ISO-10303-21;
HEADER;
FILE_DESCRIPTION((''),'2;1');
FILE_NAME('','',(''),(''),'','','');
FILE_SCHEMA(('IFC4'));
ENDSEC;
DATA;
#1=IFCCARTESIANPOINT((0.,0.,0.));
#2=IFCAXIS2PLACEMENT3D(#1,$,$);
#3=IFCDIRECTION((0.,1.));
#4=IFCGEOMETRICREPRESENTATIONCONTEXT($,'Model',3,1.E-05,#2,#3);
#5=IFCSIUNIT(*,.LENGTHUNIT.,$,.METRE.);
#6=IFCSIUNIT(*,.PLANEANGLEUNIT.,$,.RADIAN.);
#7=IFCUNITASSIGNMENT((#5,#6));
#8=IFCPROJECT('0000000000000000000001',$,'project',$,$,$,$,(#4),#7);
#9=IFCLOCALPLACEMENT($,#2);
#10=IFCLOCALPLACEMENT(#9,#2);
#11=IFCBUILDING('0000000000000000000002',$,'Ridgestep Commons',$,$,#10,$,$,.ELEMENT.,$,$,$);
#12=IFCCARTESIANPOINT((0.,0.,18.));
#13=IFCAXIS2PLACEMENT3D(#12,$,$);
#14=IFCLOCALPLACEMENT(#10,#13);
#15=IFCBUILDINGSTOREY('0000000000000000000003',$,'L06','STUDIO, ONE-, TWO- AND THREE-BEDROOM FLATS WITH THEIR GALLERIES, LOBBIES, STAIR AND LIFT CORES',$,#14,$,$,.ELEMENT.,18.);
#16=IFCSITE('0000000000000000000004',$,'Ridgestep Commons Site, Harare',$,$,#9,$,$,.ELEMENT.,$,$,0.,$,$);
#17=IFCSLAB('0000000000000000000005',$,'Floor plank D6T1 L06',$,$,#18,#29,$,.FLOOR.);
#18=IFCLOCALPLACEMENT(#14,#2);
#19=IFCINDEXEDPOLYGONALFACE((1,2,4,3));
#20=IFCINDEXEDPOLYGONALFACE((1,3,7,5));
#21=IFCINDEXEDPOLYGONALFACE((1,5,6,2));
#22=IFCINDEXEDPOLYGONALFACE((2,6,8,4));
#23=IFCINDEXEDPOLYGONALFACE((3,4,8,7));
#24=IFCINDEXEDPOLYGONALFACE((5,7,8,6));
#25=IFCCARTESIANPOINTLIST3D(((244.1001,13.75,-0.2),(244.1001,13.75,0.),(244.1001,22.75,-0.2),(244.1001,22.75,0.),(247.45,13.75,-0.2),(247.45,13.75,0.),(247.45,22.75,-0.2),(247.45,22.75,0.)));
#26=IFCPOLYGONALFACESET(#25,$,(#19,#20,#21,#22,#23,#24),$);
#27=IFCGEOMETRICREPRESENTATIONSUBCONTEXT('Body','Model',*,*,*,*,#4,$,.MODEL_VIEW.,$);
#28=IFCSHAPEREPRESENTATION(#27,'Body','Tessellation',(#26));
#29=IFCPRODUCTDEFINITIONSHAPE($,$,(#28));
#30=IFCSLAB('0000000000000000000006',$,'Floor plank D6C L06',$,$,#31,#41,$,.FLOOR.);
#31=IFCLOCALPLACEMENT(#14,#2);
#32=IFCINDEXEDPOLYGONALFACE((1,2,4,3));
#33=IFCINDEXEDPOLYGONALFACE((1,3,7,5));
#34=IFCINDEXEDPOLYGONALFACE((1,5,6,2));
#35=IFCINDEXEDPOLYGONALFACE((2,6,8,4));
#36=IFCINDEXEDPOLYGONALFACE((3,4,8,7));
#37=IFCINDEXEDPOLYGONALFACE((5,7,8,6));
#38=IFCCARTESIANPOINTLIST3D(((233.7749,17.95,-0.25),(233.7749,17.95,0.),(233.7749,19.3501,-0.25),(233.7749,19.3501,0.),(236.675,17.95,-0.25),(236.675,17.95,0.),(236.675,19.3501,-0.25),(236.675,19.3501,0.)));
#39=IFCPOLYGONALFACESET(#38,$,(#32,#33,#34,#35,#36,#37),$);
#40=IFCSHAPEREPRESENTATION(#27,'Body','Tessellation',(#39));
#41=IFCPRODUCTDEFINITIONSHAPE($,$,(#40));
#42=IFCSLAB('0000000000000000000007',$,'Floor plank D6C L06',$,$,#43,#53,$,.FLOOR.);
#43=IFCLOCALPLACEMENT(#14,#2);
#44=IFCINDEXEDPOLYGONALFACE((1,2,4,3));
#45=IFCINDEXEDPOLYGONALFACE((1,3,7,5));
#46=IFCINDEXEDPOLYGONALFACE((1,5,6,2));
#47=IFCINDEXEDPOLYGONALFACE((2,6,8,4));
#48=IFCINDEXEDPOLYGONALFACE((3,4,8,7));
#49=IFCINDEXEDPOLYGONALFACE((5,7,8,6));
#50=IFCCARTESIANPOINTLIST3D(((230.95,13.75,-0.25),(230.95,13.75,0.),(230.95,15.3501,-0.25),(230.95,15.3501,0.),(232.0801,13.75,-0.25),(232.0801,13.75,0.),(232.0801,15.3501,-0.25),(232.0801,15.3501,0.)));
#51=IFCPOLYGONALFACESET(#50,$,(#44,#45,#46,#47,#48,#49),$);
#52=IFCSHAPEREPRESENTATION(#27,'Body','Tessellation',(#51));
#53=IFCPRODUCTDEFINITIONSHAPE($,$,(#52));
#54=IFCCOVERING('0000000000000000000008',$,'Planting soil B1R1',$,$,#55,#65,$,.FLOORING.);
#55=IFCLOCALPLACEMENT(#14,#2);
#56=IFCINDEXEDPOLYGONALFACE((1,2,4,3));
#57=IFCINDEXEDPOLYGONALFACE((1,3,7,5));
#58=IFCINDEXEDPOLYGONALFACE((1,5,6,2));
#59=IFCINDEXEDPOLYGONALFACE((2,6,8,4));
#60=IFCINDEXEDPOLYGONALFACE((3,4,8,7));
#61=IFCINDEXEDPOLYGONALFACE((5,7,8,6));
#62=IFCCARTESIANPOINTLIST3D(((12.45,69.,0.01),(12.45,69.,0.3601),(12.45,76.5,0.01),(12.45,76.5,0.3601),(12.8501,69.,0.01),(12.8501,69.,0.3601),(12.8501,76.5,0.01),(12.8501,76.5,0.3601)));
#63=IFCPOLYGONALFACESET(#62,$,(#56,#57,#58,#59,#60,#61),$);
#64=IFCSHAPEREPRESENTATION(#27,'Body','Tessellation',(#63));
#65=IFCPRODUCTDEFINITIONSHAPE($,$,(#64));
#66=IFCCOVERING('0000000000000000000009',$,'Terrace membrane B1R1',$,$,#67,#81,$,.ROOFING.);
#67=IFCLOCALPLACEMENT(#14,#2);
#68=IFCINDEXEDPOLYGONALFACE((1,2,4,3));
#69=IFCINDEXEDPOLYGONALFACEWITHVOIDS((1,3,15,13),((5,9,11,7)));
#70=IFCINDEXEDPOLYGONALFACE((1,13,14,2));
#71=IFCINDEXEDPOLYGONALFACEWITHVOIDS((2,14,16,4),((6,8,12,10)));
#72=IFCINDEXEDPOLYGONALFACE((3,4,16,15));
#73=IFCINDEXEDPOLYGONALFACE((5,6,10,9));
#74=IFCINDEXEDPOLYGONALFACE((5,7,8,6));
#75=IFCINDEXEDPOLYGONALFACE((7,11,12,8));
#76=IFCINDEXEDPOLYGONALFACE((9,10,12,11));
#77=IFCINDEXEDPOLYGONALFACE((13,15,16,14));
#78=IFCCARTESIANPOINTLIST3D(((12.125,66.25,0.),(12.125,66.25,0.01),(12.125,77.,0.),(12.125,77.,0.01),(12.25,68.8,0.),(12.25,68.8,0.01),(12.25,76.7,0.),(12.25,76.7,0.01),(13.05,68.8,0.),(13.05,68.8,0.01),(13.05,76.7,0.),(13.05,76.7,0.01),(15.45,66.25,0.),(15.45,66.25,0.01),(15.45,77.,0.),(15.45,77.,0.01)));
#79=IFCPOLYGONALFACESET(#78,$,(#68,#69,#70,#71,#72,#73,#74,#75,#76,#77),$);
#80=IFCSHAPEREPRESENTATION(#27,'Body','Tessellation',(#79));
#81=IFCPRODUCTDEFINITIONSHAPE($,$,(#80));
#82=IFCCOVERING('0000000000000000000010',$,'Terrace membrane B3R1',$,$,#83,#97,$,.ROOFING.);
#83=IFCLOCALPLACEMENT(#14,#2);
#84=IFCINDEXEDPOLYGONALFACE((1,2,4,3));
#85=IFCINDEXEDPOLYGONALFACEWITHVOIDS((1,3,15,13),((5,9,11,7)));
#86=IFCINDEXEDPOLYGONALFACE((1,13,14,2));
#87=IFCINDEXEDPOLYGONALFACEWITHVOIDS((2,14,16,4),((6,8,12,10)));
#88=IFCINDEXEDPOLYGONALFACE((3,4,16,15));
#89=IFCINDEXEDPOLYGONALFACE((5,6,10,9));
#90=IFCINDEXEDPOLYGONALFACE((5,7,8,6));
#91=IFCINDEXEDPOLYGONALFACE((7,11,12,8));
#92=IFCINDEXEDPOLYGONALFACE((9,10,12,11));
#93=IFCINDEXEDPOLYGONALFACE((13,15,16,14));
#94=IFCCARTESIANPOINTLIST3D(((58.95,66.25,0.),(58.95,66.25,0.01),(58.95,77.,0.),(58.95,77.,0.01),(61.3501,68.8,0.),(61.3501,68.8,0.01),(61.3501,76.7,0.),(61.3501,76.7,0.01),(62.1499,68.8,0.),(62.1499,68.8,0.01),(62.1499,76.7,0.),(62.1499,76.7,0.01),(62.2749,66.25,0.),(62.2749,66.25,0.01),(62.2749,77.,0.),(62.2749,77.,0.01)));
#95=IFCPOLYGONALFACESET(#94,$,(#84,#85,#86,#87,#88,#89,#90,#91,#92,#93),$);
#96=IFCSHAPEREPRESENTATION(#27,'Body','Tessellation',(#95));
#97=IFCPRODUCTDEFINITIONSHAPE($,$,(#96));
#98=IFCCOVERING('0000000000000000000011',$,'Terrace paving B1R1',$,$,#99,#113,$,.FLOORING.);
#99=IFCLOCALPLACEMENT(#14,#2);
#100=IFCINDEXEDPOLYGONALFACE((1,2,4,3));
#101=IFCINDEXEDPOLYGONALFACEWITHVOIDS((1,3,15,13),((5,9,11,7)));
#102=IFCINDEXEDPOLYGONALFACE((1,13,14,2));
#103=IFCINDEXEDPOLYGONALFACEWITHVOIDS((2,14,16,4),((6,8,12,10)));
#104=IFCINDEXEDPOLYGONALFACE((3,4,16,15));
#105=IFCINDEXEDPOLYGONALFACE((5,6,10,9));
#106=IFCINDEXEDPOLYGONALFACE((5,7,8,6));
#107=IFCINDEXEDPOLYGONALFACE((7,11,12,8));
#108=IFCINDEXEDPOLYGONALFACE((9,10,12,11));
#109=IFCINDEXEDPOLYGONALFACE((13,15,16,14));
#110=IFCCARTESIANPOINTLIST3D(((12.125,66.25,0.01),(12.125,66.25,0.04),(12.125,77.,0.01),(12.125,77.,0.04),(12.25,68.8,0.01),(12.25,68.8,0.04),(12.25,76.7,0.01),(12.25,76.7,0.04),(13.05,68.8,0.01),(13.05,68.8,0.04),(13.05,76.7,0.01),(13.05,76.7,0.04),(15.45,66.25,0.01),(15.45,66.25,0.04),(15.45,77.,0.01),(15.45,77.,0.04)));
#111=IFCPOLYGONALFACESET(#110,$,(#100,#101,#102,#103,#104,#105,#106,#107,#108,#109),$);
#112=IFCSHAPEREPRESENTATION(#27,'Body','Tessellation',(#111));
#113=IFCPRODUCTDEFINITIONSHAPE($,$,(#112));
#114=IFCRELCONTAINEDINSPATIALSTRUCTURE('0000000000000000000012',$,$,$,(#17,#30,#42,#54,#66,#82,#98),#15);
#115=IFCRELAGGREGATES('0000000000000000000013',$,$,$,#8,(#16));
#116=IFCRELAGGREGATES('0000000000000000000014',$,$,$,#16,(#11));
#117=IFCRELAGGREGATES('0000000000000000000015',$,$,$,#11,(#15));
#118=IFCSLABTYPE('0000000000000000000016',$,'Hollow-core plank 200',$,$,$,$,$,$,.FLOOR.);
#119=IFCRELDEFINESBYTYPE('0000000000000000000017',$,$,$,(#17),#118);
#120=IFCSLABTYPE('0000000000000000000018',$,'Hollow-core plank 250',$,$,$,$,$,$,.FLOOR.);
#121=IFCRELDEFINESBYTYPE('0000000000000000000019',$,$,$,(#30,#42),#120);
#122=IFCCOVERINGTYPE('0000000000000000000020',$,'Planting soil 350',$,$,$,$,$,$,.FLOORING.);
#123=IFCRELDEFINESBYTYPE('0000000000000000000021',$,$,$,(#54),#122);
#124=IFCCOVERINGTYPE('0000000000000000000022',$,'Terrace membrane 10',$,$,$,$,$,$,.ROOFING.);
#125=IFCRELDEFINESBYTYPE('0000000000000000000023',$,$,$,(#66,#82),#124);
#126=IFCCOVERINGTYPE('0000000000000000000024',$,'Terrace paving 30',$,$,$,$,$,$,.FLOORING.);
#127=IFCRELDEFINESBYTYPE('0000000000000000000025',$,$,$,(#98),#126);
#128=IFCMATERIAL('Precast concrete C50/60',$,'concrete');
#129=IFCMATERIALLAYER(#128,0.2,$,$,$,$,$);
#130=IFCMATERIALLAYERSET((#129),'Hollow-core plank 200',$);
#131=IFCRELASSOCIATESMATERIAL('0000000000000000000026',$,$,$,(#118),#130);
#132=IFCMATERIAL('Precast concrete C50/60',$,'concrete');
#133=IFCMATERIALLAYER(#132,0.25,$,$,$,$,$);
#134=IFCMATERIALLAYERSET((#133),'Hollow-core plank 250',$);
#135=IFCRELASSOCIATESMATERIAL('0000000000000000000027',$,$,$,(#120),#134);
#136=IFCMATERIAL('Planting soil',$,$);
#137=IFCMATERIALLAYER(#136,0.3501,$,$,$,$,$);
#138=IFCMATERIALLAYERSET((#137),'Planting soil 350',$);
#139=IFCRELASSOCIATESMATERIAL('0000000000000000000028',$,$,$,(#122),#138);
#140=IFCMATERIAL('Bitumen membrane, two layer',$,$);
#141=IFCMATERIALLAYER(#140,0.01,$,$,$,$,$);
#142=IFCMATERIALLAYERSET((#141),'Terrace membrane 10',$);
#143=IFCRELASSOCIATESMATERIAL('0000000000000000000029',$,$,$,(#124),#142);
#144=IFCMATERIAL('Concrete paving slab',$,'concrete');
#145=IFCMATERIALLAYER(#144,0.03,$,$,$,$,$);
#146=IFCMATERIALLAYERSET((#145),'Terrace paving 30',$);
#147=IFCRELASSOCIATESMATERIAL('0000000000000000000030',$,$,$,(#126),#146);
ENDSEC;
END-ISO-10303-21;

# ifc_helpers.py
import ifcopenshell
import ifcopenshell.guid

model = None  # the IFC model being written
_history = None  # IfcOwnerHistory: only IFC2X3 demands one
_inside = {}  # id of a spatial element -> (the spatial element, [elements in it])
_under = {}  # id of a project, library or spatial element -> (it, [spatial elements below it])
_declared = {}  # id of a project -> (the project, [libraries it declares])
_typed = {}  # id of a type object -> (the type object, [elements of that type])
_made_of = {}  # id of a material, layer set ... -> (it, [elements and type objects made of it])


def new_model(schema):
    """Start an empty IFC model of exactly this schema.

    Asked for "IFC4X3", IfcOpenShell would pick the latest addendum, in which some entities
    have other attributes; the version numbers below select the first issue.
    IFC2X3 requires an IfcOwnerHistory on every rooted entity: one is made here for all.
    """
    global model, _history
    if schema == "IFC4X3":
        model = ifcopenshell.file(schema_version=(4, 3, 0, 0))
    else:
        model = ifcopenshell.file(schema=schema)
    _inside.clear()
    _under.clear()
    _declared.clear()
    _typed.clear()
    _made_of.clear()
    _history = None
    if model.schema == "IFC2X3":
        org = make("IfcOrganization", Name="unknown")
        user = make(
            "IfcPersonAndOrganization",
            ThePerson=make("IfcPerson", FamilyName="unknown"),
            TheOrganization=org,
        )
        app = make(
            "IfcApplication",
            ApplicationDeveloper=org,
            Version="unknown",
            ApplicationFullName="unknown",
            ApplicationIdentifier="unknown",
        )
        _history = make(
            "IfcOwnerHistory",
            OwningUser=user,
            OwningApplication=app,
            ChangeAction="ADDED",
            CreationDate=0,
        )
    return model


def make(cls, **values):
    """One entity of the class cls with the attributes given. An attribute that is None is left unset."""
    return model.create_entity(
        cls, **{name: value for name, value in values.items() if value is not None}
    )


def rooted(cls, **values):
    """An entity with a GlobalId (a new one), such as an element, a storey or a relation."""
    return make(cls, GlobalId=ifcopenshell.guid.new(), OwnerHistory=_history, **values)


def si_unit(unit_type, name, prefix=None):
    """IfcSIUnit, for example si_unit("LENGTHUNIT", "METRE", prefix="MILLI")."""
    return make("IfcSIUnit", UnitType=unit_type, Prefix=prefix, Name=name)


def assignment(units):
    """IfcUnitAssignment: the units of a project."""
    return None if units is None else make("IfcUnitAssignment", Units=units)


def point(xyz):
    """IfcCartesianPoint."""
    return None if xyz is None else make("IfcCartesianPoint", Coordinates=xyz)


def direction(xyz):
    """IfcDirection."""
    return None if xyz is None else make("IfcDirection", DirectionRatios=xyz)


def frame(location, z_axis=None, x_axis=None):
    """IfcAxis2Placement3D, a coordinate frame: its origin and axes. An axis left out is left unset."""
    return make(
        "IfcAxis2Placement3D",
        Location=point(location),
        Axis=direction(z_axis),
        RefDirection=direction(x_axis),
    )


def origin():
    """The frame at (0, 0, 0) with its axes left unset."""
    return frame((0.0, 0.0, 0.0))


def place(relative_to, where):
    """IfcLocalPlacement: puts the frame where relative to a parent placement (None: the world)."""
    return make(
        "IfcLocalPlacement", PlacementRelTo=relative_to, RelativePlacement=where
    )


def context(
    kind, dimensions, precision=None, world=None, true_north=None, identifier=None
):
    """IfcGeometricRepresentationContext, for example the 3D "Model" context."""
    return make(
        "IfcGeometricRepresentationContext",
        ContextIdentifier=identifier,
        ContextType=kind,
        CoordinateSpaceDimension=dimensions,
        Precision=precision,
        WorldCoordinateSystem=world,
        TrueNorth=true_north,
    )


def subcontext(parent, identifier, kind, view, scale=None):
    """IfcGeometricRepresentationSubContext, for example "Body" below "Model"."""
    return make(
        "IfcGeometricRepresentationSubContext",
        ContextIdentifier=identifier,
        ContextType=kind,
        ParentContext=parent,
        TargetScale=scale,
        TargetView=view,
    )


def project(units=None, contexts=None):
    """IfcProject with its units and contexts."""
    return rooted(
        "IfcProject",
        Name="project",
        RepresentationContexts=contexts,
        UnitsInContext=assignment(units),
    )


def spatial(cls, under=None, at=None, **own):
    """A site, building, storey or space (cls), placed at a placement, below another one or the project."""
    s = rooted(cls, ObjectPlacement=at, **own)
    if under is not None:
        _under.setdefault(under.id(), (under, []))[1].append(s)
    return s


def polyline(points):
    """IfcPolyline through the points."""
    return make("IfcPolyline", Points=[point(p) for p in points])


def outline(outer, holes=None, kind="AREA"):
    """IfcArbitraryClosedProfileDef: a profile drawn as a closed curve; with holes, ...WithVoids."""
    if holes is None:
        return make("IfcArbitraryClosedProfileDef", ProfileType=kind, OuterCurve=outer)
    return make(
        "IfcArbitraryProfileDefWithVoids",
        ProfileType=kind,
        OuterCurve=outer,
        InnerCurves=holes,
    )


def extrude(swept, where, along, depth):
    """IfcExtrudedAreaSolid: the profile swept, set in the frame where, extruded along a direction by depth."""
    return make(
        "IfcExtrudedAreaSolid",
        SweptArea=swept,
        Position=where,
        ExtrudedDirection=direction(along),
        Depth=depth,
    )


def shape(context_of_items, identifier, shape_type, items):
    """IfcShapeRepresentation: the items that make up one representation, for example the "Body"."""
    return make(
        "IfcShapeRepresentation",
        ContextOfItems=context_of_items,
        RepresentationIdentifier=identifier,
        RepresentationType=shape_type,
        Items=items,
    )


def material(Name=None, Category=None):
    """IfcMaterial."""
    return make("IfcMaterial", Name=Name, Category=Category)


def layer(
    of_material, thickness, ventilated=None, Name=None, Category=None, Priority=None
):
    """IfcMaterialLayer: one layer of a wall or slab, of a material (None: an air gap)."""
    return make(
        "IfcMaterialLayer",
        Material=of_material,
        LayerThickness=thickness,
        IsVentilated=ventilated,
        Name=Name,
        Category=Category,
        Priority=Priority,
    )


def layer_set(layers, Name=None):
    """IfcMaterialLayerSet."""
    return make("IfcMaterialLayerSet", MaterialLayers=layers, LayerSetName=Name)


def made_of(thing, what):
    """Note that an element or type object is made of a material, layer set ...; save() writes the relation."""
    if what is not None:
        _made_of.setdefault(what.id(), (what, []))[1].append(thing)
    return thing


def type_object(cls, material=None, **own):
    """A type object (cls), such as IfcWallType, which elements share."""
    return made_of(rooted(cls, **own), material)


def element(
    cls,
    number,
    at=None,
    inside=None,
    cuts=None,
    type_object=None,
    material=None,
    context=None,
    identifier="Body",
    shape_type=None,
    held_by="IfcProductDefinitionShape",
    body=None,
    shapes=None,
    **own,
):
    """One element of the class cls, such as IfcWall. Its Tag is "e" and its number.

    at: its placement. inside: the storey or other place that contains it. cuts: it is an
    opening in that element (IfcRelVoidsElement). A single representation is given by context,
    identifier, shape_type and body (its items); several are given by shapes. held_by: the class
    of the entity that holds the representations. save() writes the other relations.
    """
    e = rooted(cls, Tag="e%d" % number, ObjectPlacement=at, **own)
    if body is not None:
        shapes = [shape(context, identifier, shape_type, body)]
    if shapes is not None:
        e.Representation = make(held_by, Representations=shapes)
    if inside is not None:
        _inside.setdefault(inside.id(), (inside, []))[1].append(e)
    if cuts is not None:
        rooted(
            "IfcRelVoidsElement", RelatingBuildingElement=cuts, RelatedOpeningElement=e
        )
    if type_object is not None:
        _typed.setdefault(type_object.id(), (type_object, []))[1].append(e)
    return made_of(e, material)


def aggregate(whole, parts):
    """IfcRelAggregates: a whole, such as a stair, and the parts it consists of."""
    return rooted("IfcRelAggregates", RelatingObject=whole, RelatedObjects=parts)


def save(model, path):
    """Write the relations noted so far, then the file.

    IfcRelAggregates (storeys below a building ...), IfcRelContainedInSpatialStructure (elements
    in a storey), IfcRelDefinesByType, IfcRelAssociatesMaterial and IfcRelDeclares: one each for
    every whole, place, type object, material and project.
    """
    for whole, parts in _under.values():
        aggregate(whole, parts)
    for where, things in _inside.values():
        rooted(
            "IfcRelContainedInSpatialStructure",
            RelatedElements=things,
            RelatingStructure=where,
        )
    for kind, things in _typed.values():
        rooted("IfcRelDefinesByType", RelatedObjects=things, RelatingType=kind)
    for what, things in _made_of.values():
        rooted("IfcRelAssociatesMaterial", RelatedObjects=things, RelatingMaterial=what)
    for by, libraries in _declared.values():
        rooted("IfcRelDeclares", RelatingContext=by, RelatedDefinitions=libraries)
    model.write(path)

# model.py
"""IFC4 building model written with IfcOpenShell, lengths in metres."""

from ifc_helpers import new_model, si_unit, direction, frame, origin, place, context, subcontext, project, spatial, polyline, outline, extrude, material, layer, layer_set, type_object, element, save


model = new_model("IFC4")

# Units and contexts
model_context = context("Model", 3, precision=1e-05, world=origin(), true_north=direction((0.0, 1.0)))
body_context = subcontext(model_context, "Body", "Model", "MODEL_VIEW")
ifc_project = project(units=[si_unit("LENGTHUNIT", "METRE"), si_unit("PLANEANGLEUNIT", "RADIAN")], contexts=[model_context])

# Site, building, storey
site_placement = place(None, origin())
site = spatial("IfcSite", under=ifc_project, at=site_placement, Name="Ridgestep Commons Site, Harare", CompositionType="ELEMENT", RefElevation=0.0)
building_placement = place(site_placement, origin())
building = spatial("IfcBuilding", under=site, at=building_placement, Name="Ridgestep Commons", CompositionType="ELEMENT")
storey_placement = place(building_placement, frame((0.0, 0.0, 18.0)))
storey = spatial("IfcBuildingStorey", under=building, at=storey_placement, Name="L06", Description="STUDIO, ONE-, TWO- AND THREE-BEDROOM FLATS WITH THEIR GALLERIES, LOBBIES, STAIR AND LIFT CORES", CompositionType="ELEMENT", Elevation=18.0)

# Slabs
ifc_material_1 = material(Name="Precast concrete C50/60", Category="concrete")
ifc_layer_1 = layer(ifc_material_1, 0.2)
ifc_layer_set_1 = layer_set([ifc_layer_1], Name="Hollow-core plank 200")
slab_type_1 = type_object("IfcSlabType", Name="Hollow-core plank 200", PredefinedType="FLOOR", material=ifc_layer_set_1)
slab_1_placement = place(storey_placement, frame((0.0, 0.0, -0.2)))
element("IfcSlab", 1, at=slab_1_placement, inside=storey, type_object=slab_type_1, Name="Floor plank D6T1 L06", PredefinedType="FLOOR", context=body_context, shape_type="SweptSolid", body=[
    extrude(outline(polyline([(247.45, 13.75), (247.45, 22.75), (244.1001, 22.75), (244.1001, 13.75), (247.45, 13.75)])), origin(), (0.0, 0.0, 1.0), 0.2),
])
ifc_material_2 = material(Name="Precast concrete C50/60", Category="concrete")
ifc_layer_2 = layer(ifc_material_2, 0.25)
ifc_layer_set_2 = layer_set([ifc_layer_2], Name="Hollow-core plank 250")
slab_type_2 = type_object("IfcSlabType", Name="Hollow-core plank 250", PredefinedType="FLOOR", material=ifc_layer_set_2)
slab_2_placement = place(storey_placement, frame((0.0, 0.0, -0.25)))
element("IfcSlab", 2, at=slab_2_placement, inside=storey, type_object=slab_type_2, Name="Floor plank D6C L06", PredefinedType="FLOOR", context=body_context, shape_type="SweptSolid", body=[
    extrude(outline(polyline([(236.675, 17.95), (236.675, 19.3501), (233.7749, 19.3501), (233.7749, 17.95), (236.675, 17.95)])), origin(), (0.0, 0.0, 1.0), 0.25),
])
slab_3_placement = place(storey_placement, frame((0.0, 0.0, -0.25)))
element("IfcSlab", 3, at=slab_3_placement, inside=storey, type_object=slab_type_2, Name="Floor plank D6C L06", PredefinedType="FLOOR", context=body_context, shape_type="SweptSolid", body=[
    extrude(outline(polyline([(232.0801, 15.3501), (230.95, 15.3501), (230.95, 13.75), (232.0801, 13.75), (232.0801, 15.3501)])), origin(), (0.0, 0.0, 1.0), 0.25),
])

# Coverings
ifc_material_3 = material(Name="Planting soil")
ifc_layer_3 = layer(ifc_material_3, 0.3501)
ifc_layer_set_3 = layer_set([ifc_layer_3], Name="Planting soil 350")
covering_type_1 = type_object("IfcCoveringType", Name="Planting soil 350", PredefinedType="FLOORING", material=ifc_layer_set_3)
covering_1_placement = place(storey_placement, frame((0.0, 0.0, 0.01)))
element("IfcCovering", 4, at=covering_1_placement, inside=storey, type_object=covering_type_1, Name="Planting soil B1R1", PredefinedType="FLOORING", context=body_context, shape_type="SweptSolid", body=[
    extrude(outline(polyline([(12.45, 69.0), (12.8501, 69.0), (12.8501, 76.5), (12.45, 76.5), (12.45, 69.0)])), origin(), (0.0, 0.0, 1.0), 0.3501),
])
ifc_material_4 = material(Name="Bitumen membrane, two layer")
ifc_layer_4 = layer(ifc_material_4, 0.01)
ifc_layer_set_4 = layer_set([ifc_layer_4], Name="Terrace membrane 10")
covering_type_2 = type_object("IfcCoveringType", Name="Terrace membrane 10", PredefinedType="ROOFING", material=ifc_layer_set_4)
covering_2_placement = place(storey_placement, origin())
element("IfcCovering", 5, at=covering_2_placement, inside=storey, type_object=covering_type_2, Name="Terrace membrane B1R1", PredefinedType="ROOFING", context=body_context, shape_type="SweptSolid", body=[
    extrude(outline(polyline([(15.45, 66.25), (15.45, 77.0), (12.125, 77.0), (12.125, 66.25), (15.45, 66.25)]), holes=[polyline([(13.05, 68.8), (13.05, 76.7), (12.25, 76.7), (12.25, 68.8), (13.05, 68.8)])]), origin(), (0.0, 0.0, 1.0), 0.01),
])
covering_3_placement = place(storey_placement, origin())
element("IfcCovering", 6, at=covering_3_placement, inside=storey, type_object=covering_type_2, Name="Terrace membrane B3R1", PredefinedType="ROOFING", context=body_context, shape_type="SweptSolid", body=[
    extrude(outline(polyline([(62.2749, 66.25), (62.2749, 77.0), (58.95, 77.0), (58.95, 66.25), (62.2749, 66.25)]), holes=[polyline([(62.1499, 68.8), (62.1499, 76.7), (61.3501, 76.7), (61.3501, 68.8), (62.1499, 68.8)])]), origin(), (0.0, 0.0, 1.0), 0.01),
])
ifc_material_5 = material(Name="Concrete paving slab", Category="concrete")
ifc_layer_5 = layer(ifc_material_5, 0.03)
ifc_layer_set_5 = layer_set([ifc_layer_5], Name="Terrace paving 30")
covering_type_3 = type_object("IfcCoveringType", Name="Terrace paving 30", PredefinedType="FLOORING", material=ifc_layer_set_5)
covering_4_placement = place(storey_placement, frame((0.0, 0.0, 0.01)))
element("IfcCovering", 7, at=covering_4_placement, inside=storey, type_object=covering_type_3, Name="Terrace paving B1R1", PredefinedType="FLOORING", context=body_context, shape_type="SweptSolid", body=[
    extrude(outline(polyline([(15.45, 66.25), (15.45, 77.0), (12.125, 77.0), (12.125, 66.25), (15.45, 66.25)]), holes=[polyline([(13.05, 68.8), (13.05, 76.7), (12.25, 76.7), (12.25, 68.8), (13.05, 68.8)])]), origin(), (0.0, 0.0, 1.0), 0.03),
])

save(model, "model.ifc")
